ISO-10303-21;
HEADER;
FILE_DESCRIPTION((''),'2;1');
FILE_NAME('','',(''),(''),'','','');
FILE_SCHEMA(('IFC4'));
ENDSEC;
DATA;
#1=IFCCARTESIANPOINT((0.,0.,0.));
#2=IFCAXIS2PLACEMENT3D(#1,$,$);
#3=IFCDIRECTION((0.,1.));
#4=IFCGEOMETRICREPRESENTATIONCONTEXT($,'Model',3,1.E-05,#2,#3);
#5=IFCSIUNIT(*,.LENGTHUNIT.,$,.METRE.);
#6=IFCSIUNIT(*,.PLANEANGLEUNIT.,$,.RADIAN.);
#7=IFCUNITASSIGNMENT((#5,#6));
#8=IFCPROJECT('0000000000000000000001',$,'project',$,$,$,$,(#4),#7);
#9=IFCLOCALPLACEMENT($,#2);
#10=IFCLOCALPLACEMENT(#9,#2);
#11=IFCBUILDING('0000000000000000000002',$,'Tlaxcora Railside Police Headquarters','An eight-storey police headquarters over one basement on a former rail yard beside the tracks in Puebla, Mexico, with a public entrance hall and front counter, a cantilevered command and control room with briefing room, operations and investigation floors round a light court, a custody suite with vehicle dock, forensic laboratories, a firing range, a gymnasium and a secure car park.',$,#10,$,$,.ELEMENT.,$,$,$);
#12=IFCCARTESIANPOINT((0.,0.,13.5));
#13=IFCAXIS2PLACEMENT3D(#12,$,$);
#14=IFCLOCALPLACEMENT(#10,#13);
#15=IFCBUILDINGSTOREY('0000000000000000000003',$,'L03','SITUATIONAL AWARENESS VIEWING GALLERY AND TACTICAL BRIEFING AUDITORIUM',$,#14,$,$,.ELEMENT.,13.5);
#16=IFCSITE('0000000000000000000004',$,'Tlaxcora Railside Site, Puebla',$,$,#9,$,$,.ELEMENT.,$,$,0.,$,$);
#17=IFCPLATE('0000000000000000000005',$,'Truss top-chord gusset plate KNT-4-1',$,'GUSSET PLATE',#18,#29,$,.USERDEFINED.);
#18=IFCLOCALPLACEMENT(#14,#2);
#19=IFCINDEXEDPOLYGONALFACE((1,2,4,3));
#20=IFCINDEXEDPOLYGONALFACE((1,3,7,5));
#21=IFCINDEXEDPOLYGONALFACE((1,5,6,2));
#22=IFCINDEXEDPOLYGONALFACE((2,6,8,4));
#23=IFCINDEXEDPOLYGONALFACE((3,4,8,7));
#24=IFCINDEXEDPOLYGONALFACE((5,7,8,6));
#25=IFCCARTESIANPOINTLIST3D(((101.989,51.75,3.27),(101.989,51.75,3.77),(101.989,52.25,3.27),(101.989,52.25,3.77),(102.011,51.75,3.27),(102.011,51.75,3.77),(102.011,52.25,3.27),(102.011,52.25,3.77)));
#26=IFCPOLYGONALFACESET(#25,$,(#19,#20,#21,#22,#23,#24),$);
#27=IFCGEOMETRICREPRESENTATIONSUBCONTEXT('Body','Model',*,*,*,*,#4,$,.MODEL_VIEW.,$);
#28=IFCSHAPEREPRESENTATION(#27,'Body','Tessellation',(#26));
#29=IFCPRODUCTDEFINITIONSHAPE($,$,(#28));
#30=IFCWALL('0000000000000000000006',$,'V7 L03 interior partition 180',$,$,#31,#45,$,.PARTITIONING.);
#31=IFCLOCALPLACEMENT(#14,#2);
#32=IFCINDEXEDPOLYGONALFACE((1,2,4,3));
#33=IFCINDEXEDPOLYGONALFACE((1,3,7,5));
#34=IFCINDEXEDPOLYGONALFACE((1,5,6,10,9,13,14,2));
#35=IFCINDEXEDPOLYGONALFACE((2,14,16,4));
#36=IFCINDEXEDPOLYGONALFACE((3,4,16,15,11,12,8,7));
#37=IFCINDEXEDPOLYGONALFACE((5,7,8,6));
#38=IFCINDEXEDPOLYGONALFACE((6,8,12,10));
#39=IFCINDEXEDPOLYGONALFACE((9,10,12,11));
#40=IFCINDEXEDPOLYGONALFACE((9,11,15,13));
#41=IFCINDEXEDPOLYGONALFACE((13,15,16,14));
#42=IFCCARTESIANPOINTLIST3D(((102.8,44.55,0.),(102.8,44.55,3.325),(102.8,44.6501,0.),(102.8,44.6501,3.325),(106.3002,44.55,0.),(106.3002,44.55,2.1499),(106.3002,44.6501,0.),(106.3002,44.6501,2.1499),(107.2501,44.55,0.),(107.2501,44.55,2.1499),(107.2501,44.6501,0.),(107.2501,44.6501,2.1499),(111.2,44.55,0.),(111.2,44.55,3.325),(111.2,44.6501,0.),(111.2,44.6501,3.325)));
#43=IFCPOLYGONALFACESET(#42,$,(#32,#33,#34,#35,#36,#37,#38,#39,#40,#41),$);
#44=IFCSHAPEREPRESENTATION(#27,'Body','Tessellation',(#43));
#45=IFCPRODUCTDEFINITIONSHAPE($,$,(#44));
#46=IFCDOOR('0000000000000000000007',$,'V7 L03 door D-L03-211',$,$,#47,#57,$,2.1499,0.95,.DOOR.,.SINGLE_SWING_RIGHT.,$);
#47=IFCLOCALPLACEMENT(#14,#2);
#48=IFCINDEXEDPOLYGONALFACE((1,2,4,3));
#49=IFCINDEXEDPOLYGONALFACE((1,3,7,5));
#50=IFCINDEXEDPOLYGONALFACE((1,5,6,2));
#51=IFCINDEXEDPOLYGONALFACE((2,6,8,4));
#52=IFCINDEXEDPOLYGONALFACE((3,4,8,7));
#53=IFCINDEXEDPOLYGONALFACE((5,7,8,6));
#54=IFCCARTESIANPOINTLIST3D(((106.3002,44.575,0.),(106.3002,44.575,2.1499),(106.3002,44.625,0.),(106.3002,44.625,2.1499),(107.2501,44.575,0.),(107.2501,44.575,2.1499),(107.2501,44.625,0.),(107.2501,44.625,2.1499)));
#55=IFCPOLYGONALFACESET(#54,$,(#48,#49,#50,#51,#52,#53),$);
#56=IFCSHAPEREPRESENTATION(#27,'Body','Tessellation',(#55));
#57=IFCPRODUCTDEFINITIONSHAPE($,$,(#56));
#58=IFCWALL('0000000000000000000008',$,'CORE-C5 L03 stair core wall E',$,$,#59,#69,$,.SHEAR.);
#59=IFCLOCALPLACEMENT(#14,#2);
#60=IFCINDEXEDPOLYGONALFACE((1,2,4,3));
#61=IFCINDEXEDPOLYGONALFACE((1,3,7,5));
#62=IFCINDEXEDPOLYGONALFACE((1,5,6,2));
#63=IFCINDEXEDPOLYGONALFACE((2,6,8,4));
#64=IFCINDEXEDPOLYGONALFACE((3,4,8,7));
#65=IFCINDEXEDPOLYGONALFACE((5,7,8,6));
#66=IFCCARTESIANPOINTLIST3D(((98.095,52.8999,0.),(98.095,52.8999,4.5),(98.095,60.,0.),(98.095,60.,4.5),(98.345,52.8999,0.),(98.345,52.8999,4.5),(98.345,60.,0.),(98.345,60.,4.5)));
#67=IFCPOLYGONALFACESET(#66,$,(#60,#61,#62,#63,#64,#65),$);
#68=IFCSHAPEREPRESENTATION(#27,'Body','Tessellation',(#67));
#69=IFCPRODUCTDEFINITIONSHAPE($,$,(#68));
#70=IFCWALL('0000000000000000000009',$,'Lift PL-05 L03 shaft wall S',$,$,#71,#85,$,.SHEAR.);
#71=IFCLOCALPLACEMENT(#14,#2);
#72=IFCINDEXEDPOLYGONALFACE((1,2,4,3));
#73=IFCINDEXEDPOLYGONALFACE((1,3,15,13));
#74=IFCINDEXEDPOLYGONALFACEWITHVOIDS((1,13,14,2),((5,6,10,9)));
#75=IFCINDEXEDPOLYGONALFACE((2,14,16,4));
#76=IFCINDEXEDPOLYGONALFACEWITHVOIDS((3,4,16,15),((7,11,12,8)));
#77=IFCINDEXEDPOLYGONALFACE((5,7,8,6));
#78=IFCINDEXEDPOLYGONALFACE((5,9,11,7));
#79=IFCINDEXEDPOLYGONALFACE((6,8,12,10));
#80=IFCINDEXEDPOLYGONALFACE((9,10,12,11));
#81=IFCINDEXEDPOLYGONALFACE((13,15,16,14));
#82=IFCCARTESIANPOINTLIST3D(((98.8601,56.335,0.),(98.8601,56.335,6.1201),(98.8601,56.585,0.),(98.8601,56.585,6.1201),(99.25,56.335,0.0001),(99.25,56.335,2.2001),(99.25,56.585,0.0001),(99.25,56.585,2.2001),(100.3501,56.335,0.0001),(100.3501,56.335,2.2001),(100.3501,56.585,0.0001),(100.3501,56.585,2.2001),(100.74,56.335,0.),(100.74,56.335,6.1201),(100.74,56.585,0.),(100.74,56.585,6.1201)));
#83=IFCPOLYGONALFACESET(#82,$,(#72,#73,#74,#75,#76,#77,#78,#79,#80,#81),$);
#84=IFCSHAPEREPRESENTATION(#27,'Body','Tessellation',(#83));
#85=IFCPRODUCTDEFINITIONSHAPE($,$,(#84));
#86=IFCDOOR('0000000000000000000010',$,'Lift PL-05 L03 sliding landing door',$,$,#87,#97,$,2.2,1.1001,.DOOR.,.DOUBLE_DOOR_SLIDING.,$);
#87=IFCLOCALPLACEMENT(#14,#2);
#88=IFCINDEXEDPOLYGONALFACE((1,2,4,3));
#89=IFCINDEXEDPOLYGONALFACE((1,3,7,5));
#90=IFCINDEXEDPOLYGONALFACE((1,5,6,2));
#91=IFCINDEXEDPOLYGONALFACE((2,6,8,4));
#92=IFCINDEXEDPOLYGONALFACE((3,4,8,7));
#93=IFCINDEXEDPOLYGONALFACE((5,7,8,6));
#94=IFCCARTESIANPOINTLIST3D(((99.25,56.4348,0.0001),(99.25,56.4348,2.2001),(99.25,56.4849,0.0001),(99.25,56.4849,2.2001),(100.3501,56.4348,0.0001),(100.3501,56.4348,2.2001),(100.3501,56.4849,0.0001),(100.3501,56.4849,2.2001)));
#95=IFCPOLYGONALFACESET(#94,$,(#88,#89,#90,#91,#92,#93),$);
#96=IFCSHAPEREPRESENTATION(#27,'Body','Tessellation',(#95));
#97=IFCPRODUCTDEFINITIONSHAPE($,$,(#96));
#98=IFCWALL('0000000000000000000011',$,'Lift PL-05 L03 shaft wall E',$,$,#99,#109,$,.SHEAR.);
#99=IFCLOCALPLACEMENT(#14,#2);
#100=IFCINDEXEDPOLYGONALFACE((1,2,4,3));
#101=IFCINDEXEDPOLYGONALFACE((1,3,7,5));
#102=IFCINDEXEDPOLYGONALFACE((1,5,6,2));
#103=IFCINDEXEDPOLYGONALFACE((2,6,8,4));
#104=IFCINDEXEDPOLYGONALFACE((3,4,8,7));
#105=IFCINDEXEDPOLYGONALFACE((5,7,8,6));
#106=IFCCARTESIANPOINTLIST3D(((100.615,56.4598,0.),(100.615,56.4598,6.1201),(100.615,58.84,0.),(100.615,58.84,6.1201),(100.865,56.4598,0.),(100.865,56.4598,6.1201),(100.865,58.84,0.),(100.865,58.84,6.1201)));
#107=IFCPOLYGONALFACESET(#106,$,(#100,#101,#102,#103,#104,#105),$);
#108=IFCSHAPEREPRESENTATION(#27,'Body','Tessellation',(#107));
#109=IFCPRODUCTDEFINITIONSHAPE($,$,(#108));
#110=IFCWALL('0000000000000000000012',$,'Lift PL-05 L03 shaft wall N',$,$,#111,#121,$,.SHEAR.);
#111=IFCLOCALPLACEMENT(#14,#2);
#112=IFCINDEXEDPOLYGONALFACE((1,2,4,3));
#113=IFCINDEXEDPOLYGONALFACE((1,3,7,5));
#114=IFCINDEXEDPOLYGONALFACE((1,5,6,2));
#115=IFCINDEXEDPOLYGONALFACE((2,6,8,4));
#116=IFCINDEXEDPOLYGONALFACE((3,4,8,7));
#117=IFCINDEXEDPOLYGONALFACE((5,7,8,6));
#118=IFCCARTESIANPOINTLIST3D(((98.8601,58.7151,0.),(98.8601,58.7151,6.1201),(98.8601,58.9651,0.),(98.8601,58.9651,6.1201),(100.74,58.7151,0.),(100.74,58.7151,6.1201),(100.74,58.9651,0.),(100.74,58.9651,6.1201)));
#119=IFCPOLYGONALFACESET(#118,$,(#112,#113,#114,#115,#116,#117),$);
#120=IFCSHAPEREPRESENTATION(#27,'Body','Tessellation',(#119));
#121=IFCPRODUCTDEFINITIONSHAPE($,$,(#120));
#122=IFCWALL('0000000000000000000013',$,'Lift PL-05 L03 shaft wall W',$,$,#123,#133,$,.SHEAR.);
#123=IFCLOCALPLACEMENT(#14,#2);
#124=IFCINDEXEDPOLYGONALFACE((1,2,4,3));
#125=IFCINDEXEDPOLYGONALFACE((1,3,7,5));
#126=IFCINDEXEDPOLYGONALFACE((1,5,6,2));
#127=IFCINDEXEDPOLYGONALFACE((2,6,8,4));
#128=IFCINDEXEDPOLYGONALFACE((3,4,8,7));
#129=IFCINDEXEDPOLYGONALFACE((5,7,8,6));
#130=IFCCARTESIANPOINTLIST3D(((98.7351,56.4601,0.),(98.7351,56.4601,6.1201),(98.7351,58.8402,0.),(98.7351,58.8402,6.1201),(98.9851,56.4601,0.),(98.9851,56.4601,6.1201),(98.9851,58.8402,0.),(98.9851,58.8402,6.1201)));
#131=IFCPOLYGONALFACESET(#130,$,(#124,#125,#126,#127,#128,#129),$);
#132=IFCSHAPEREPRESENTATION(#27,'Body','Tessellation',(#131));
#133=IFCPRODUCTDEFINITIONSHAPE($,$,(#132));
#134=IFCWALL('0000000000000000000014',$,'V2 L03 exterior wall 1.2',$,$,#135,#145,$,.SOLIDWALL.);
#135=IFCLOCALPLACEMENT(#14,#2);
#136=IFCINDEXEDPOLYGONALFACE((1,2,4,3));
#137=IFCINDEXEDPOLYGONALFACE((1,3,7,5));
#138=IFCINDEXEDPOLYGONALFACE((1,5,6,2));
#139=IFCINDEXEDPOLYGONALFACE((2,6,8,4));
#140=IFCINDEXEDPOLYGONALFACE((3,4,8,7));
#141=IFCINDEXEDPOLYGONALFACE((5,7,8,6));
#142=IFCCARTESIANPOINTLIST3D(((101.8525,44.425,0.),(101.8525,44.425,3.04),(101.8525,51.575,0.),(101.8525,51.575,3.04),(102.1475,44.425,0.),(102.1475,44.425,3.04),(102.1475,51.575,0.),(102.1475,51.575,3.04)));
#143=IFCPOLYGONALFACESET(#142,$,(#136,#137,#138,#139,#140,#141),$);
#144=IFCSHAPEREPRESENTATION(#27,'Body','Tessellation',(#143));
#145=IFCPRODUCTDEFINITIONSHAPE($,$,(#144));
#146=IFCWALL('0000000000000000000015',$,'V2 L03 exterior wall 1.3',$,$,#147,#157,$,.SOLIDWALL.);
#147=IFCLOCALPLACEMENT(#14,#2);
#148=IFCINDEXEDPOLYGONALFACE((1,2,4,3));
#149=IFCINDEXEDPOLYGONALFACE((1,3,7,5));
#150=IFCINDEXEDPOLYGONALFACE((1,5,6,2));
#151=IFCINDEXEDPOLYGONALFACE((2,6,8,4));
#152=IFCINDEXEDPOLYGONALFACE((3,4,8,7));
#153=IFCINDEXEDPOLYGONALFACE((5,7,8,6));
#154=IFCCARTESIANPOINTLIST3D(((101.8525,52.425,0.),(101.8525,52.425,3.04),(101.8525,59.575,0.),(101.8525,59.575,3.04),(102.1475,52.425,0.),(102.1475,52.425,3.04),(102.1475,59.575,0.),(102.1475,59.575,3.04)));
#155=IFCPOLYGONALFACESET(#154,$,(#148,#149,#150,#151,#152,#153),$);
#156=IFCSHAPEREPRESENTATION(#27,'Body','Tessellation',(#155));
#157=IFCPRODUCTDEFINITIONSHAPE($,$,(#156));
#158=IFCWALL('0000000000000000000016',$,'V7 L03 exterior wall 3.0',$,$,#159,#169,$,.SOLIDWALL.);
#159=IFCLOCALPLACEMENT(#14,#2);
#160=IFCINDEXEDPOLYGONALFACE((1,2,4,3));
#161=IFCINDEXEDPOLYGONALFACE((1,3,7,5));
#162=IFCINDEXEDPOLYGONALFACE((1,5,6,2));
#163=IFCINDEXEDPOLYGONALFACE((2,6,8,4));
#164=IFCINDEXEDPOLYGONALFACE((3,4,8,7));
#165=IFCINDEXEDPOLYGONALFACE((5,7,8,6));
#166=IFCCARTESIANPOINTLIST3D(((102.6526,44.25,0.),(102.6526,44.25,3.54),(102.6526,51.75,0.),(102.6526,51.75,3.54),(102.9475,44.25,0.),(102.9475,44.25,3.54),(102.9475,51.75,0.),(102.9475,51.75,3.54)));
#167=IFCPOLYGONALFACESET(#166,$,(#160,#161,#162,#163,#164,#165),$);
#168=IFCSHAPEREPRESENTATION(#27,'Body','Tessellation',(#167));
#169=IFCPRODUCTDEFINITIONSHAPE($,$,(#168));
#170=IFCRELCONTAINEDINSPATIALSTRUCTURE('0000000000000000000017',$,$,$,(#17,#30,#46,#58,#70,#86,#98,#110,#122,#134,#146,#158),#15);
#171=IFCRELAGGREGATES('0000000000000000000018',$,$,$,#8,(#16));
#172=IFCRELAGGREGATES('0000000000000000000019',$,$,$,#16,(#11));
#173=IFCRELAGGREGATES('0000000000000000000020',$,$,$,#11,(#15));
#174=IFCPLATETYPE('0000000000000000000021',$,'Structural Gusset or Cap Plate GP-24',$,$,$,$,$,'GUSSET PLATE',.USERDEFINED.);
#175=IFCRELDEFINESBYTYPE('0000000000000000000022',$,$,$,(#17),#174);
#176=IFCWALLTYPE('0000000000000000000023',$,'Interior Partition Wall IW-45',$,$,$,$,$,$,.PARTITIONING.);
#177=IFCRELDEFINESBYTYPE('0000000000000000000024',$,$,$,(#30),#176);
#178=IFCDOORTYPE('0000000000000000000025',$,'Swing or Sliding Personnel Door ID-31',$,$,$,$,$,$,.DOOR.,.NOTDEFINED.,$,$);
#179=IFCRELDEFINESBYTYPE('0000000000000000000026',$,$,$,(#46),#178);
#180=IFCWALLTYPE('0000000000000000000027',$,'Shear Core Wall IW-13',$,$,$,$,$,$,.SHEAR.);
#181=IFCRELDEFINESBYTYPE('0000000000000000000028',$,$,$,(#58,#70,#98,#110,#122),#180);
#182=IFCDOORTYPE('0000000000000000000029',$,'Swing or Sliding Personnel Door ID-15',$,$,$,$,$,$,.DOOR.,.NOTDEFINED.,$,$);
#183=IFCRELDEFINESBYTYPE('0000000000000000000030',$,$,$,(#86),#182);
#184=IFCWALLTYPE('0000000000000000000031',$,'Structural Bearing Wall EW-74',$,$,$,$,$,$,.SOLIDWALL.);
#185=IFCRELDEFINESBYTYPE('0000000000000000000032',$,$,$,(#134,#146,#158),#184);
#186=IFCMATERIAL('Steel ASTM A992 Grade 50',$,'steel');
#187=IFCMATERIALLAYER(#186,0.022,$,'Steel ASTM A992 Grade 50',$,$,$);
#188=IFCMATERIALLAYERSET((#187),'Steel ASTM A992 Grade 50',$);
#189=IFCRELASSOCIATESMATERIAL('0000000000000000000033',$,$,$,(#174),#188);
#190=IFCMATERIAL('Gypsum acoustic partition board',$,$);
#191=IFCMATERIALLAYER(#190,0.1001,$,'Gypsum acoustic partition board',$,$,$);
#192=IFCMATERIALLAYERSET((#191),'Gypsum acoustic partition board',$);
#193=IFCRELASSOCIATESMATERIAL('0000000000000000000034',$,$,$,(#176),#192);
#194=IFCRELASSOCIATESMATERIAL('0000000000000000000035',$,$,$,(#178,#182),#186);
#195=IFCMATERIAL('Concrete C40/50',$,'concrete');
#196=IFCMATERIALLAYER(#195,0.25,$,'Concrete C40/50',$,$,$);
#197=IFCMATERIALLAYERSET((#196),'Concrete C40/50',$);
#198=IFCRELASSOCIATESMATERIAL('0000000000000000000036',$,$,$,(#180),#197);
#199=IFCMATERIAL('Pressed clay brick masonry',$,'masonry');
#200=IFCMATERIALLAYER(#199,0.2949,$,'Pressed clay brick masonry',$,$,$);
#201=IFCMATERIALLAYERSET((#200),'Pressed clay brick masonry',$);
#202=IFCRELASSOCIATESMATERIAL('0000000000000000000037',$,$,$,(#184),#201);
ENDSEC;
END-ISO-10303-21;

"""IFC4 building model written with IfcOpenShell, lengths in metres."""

from ifc_helpers import new_model, si_unit, direction, frame, frame_2d, origin, origin_2d, place, context, subcontext, project, spatial, rectangle, extrude, material, layer, layer_set, type_object, element, fill, save


model = new_model("IFC4")

# Units and contexts
model_context = context("Model", 3, precision=1e-05, world=origin(), true_north=direction((0.0, 1.0)))
body_context = subcontext(model_context, "Body", "Model", "MODEL_VIEW")
ifc_project = project(units=[si_unit("LENGTHUNIT", "METRE"), si_unit("PLANEANGLEUNIT", "RADIAN")], contexts=[model_context])

# Site, building, storey
site_placement = place(None, origin())
site = spatial("IfcSite", under=ifc_project, at=site_placement, Name="Tlaxcora Railside Site, Puebla", CompositionType="ELEMENT", RefElevation=0.0)
building_placement = place(site_placement, origin())
building = spatial("IfcBuilding", under=site, at=building_placement, Name="Tlaxcora Railside Police Headquarters", Description="An eight-storey police headquarters over one basement on a former rail yard beside the tracks in Puebla, Mexico, with a public entrance hall and front counter, a cantilevered command and control room with briefing room, operations and investigation floors round a light court, a custody suite with vehicle dock, forensic laboratories, a firing range, a gymnasium and a secure car park.", CompositionType="ELEMENT")
storey_placement = place(building_placement, frame((0.0, 0.0, 13.5)))
storey = spatial("IfcBuildingStorey", under=building, at=storey_placement, Name="L03", Description="SITUATIONAL AWARENESS VIEWING GALLERY AND TACTICAL BRIEFING AUDITORIUM", CompositionType="ELEMENT", Elevation=13.5)

# Shared definitions
ifc_material_1 = material(Name="Concrete C40/50", Category="concrete")

# Shared definitions
ifc_material_2 = material(Name="Steel ASTM A992 Grade 50", Category="steel")

# Plate
ifc_layer_1 = layer(ifc_material_2, 0.022, Name="Steel ASTM A992 Grade 50")
ifc_layer_set_1 = layer_set([ifc_layer_1], Name="Steel ASTM A992 Grade 50")
plate_type = type_object("IfcPlateType", Name="Structural Gusset or Cap Plate GP-24", ElementType="GUSSET PLATE", PredefinedType="USERDEFINED", material=ifc_layer_set_1)
plate_placement = place(storey_placement, frame((102.0, 52.0, 3.27), z_axis=(0.0, 0.0, 1.0), x_axis=(0.0, 1.0, 0.0)))
element("IfcPlate", 1, at=plate_placement, inside=storey, type_object=plate_type, Name="Truss top-chord gusset plate KNT-4-1", ObjectType="GUSSET PLATE", PredefinedType="USERDEFINED", context=body_context, shape_type="SweptSolid", body=[
    extrude(rectangle(XDim=0.5, YDim=0.022, at=origin_2d()), origin(), (0.0, 0.0, 1.0), 0.5),
])

# Wall, opening, door
ifc_material_3 = material(Name="Gypsum acoustic partition board")
ifc_layer_2 = layer(ifc_material_3, 0.1001, Name="Gypsum acoustic partition board")
ifc_layer_set_2 = layer_set([ifc_layer_2], Name="Gypsum acoustic partition board")
wall_type_1 = type_object("IfcWallType", Name="Interior Partition Wall IW-45", PredefinedType="PARTITIONING", material=ifc_layer_set_2)
wall_1_placement = place(storey_placement, frame((102.8, 44.6001, 0.0), z_axis=(0.0, 0.0, 1.0), x_axis=(1.0, 0.0, 0.0)))
wall_1 = element("IfcWall", 2, at=wall_1_placement, inside=storey, type_object=wall_type_1, Name="V7 L03 interior partition 180", PredefinedType="PARTITIONING", context=body_context, shape_type="SweptSolid", body=[
    extrude(rectangle(XDim=8.3999, YDim=0.1001, at=frame_2d((4.2, 0.0))), origin(), (0.0, 0.0, 1.0), 3.325),
])
opening_1_placement = place(wall_1_placement, frame((3.5, 0.0, 0.0)))
opening_1 = element("IfcOpeningElement", 3, at=opening_1_placement, cuts=wall_1, PredefinedType="OPENING", context=body_context, shape_type="SweptSolid", body=[
    extrude(rectangle(XDim=0.95, YDim=2.1499, at=frame_2d((0.4751, 1.075))), frame((0.0, 0.0601, 0.0), z_axis=(0.0, -1.0, 0.0), x_axis=(1.0, 0.0, 0.0)), (0.0, 0.0, 1.0), 0.1201),
])
door_type_1 = type_object("IfcDoorType", Name="Swing or Sliding Personnel Door ID-31", OperationType="NOTDEFINED", PredefinedType="DOOR", material=ifc_material_2)
door_1_placement = place(opening_1_placement, origin())
door_1 = element("IfcDoor", 4, at=door_1_placement, inside=storey, type_object=door_type_1, Name="V7 L03 door D-L03-211", OperationType="SINGLE_SWING_RIGHT", OverallHeight=2.1499, OverallWidth=0.95, PredefinedType="DOOR", context=body_context, shape_type="SweptSolid", body=[
    extrude(rectangle(XDim=0.95, YDim=2.1499, at=frame_2d((0.4751, 1.075))), frame((0.0, 0.0249, 0.0), z_axis=(0.0, -1.0, 0.0), x_axis=(1.0, 0.0, 0.0)), (0.0, 0.0, 1.0), 0.05),
])
fill(opening_1, door_1)

# Wall
ifc_layer_3 = layer(ifc_material_1, 0.25, Name="Concrete C40/50")
ifc_layer_set_3 = layer_set([ifc_layer_3], Name="Concrete C40/50")
wall_type_2 = type_object("IfcWallType", Name="Shear Core Wall IW-13", PredefinedType="SHEAR", material=ifc_layer_set_3)
wall_2_placement = place(storey_placement, frame((98.22, 52.8999, 0.0), z_axis=(0.0, 0.0, 1.0), x_axis=(0.0, 1.0, 0.0)))
element("IfcWall", 5, at=wall_2_placement, inside=storey, type_object=wall_type_2, Name="CORE-C5 L03 stair core wall E", PredefinedType="SHEAR", context=body_context, shape_type="SweptSolid", body=[
    extrude(rectangle(XDim=7.1001, YDim=0.25, at=frame_2d((3.55, 0.0))), origin(), (0.0, 0.0, 1.0), 4.5),
])

# Wall, opening, door
wall_3_placement = place(storey_placement, frame((98.8601, 56.46, 0.0), z_axis=(0.0, 0.0, 1.0), x_axis=(1.0, 0.0, 0.0)))
wall_3 = element("IfcWall", 6, at=wall_3_placement, inside=storey, type_object=wall_type_2, Name="Lift PL-05 L03 shaft wall S", PredefinedType="SHEAR", context=body_context, shape_type="SweptSolid", body=[
    extrude(rectangle(XDim=1.8799, YDim=0.25, at=frame_2d((0.9399, 0.0))), origin(), (0.0, 0.0, 1.0), 6.1201),
])
opening_2_placement = place(wall_3_placement, frame((0.3899, 0.0, 0.0)))
opening_2 = element("IfcOpeningElement", 7, at=opening_2_placement, cuts=wall_3, PredefinedType="OPENING", context=body_context, shape_type="SweptSolid", body=[
    extrude(rectangle(XDim=1.1001, YDim=2.2, at=frame_2d((0.55, 1.1001))), frame((0.0, 0.135, 0.0), z_axis=(0.0, -1.0, 0.0), x_axis=(1.0, 0.0, 0.0)), (0.0, 0.0, 1.0), 0.27),
])
door_type_2 = type_object("IfcDoorType", Name="Swing or Sliding Personnel Door ID-15", OperationType="NOTDEFINED", PredefinedType="DOOR", material=ifc_material_2)
door_2_placement = place(opening_2_placement, origin())
door_2 = element("IfcDoor", 8, at=door_2_placement, inside=storey, type_object=door_type_2, Name="Lift PL-05 L03 sliding landing door", OperationType="DOUBLE_DOOR_SLIDING", OverallHeight=2.2, OverallWidth=1.1001, PredefinedType="DOOR", context=body_context, shape_type="SweptSolid", body=[
    extrude(rectangle(XDim=1.1001, YDim=2.2, at=frame_2d((0.55, 1.1001))), frame((0.0, 0.0249, 0.0), z_axis=(0.0, -1.0, 0.0), x_axis=(1.0, 0.0, 0.0)), (0.0, 0.0, 1.0), 0.05),
])
fill(opening_2, door_2)

# Walls
wall_4_placement = place(storey_placement, frame((100.74, 56.46, 0.0), z_axis=(0.0, 0.0, 1.0), x_axis=(0.0, 1.0, 0.0)))
element("IfcWall", 9, at=wall_4_placement, inside=storey, type_object=wall_type_2, Name="Lift PL-05 L03 shaft wall E", PredefinedType="SHEAR", context=body_context, shape_type="SweptSolid", body=[
    extrude(rectangle(XDim=2.3801, YDim=0.25, at=frame_2d((1.1899, 0.0))), origin(), (0.0, 0.0, 1.0), 6.1201),
])
wall_5_placement = place(storey_placement, frame((100.74, 58.8401, 0.0), z_axis=(0.0, 0.0, 1.0), x_axis=(-1.0, 0.0, 0.0)))
element("IfcWall", 10, at=wall_5_placement, inside=storey, type_object=wall_type_2, Name="Lift PL-05 L03 shaft wall N", PredefinedType="SHEAR", context=body_context, shape_type="SweptSolid", body=[
    extrude(rectangle(XDim=1.8799, YDim=0.25, at=frame_2d((0.9399, 0.0))), origin(), (0.0, 0.0, 1.0), 6.1201),
])
wall_6_placement = place(storey_placement, frame((98.8601, 58.8401, 0.0), z_axis=(0.0, 0.0, 1.0), x_axis=(0.0, -1.0, 0.0)))
element("IfcWall", 11, at=wall_6_placement, inside=storey, type_object=wall_type_2, Name="Lift PL-05 L03 shaft wall W", PredefinedType="SHEAR", context=body_context, shape_type="SweptSolid", body=[
    extrude(rectangle(XDim=2.3801, YDim=0.25, at=frame_2d((1.1899, 0.0))), origin(), (0.0, 0.0, 1.0), 6.1201),
])
ifc_material_4 = material(Name="Pressed clay brick masonry", Category="masonry")
ifc_layer_4 = layer(ifc_material_4, 0.2949, Name="Pressed clay brick masonry")
ifc_layer_set_4 = layer_set([ifc_layer_4], Name="Pressed clay brick masonry")
wall_type_3 = type_object("IfcWallType", Name="Structural Bearing Wall EW-74", PredefinedType="SOLIDWALL", material=ifc_layer_set_4)
for number, where, z_axis, x_axis, name in (
    (12, (102.0, 44.425, 0.0), (0.0, 0.0, 1.0), (0.0, 1.0, 0.0), "V2 L03 exterior wall 1.2"),
    (13, (102.0, 52.425, 0.0), (0.0, 0.0, 1.0), (0.0, 1.0, 0.0), "V2 L03 exterior wall 1.3"),
):
    element("IfcWall", number, at=place(storey_placement, frame(where, z_axis=z_axis, x_axis=x_axis)), inside=storey, type_object=wall_type_3, Name=name, PredefinedType="SOLIDWALL", context=body_context, shape_type="SweptSolid", body=[
        extrude(rectangle(XDim=7.1499, YDim=0.2949, at=frame_2d((3.575, 0.0))), origin(), (0.0, 0.0, 1.0), 3.04),
    ])
wall_7_placement = place(storey_placement, frame((102.8, 51.75, 0.0), z_axis=(0.0, 0.0, 1.0), x_axis=(0.0, -1.0, 0.0)))
element("IfcWall", 14, at=wall_7_placement, inside=storey, type_object=wall_type_3, Name="V7 L03 exterior wall 3.0", PredefinedType="SOLIDWALL", context=body_context, shape_type="SweptSolid", body=[
    extrude(rectangle(XDim=7.5, YDim=0.2949, at=frame_2d((3.75, 0.0))), origin(), (0.0, 0.0, 1.0), 3.54),
])

save(model, "model.ifc")
